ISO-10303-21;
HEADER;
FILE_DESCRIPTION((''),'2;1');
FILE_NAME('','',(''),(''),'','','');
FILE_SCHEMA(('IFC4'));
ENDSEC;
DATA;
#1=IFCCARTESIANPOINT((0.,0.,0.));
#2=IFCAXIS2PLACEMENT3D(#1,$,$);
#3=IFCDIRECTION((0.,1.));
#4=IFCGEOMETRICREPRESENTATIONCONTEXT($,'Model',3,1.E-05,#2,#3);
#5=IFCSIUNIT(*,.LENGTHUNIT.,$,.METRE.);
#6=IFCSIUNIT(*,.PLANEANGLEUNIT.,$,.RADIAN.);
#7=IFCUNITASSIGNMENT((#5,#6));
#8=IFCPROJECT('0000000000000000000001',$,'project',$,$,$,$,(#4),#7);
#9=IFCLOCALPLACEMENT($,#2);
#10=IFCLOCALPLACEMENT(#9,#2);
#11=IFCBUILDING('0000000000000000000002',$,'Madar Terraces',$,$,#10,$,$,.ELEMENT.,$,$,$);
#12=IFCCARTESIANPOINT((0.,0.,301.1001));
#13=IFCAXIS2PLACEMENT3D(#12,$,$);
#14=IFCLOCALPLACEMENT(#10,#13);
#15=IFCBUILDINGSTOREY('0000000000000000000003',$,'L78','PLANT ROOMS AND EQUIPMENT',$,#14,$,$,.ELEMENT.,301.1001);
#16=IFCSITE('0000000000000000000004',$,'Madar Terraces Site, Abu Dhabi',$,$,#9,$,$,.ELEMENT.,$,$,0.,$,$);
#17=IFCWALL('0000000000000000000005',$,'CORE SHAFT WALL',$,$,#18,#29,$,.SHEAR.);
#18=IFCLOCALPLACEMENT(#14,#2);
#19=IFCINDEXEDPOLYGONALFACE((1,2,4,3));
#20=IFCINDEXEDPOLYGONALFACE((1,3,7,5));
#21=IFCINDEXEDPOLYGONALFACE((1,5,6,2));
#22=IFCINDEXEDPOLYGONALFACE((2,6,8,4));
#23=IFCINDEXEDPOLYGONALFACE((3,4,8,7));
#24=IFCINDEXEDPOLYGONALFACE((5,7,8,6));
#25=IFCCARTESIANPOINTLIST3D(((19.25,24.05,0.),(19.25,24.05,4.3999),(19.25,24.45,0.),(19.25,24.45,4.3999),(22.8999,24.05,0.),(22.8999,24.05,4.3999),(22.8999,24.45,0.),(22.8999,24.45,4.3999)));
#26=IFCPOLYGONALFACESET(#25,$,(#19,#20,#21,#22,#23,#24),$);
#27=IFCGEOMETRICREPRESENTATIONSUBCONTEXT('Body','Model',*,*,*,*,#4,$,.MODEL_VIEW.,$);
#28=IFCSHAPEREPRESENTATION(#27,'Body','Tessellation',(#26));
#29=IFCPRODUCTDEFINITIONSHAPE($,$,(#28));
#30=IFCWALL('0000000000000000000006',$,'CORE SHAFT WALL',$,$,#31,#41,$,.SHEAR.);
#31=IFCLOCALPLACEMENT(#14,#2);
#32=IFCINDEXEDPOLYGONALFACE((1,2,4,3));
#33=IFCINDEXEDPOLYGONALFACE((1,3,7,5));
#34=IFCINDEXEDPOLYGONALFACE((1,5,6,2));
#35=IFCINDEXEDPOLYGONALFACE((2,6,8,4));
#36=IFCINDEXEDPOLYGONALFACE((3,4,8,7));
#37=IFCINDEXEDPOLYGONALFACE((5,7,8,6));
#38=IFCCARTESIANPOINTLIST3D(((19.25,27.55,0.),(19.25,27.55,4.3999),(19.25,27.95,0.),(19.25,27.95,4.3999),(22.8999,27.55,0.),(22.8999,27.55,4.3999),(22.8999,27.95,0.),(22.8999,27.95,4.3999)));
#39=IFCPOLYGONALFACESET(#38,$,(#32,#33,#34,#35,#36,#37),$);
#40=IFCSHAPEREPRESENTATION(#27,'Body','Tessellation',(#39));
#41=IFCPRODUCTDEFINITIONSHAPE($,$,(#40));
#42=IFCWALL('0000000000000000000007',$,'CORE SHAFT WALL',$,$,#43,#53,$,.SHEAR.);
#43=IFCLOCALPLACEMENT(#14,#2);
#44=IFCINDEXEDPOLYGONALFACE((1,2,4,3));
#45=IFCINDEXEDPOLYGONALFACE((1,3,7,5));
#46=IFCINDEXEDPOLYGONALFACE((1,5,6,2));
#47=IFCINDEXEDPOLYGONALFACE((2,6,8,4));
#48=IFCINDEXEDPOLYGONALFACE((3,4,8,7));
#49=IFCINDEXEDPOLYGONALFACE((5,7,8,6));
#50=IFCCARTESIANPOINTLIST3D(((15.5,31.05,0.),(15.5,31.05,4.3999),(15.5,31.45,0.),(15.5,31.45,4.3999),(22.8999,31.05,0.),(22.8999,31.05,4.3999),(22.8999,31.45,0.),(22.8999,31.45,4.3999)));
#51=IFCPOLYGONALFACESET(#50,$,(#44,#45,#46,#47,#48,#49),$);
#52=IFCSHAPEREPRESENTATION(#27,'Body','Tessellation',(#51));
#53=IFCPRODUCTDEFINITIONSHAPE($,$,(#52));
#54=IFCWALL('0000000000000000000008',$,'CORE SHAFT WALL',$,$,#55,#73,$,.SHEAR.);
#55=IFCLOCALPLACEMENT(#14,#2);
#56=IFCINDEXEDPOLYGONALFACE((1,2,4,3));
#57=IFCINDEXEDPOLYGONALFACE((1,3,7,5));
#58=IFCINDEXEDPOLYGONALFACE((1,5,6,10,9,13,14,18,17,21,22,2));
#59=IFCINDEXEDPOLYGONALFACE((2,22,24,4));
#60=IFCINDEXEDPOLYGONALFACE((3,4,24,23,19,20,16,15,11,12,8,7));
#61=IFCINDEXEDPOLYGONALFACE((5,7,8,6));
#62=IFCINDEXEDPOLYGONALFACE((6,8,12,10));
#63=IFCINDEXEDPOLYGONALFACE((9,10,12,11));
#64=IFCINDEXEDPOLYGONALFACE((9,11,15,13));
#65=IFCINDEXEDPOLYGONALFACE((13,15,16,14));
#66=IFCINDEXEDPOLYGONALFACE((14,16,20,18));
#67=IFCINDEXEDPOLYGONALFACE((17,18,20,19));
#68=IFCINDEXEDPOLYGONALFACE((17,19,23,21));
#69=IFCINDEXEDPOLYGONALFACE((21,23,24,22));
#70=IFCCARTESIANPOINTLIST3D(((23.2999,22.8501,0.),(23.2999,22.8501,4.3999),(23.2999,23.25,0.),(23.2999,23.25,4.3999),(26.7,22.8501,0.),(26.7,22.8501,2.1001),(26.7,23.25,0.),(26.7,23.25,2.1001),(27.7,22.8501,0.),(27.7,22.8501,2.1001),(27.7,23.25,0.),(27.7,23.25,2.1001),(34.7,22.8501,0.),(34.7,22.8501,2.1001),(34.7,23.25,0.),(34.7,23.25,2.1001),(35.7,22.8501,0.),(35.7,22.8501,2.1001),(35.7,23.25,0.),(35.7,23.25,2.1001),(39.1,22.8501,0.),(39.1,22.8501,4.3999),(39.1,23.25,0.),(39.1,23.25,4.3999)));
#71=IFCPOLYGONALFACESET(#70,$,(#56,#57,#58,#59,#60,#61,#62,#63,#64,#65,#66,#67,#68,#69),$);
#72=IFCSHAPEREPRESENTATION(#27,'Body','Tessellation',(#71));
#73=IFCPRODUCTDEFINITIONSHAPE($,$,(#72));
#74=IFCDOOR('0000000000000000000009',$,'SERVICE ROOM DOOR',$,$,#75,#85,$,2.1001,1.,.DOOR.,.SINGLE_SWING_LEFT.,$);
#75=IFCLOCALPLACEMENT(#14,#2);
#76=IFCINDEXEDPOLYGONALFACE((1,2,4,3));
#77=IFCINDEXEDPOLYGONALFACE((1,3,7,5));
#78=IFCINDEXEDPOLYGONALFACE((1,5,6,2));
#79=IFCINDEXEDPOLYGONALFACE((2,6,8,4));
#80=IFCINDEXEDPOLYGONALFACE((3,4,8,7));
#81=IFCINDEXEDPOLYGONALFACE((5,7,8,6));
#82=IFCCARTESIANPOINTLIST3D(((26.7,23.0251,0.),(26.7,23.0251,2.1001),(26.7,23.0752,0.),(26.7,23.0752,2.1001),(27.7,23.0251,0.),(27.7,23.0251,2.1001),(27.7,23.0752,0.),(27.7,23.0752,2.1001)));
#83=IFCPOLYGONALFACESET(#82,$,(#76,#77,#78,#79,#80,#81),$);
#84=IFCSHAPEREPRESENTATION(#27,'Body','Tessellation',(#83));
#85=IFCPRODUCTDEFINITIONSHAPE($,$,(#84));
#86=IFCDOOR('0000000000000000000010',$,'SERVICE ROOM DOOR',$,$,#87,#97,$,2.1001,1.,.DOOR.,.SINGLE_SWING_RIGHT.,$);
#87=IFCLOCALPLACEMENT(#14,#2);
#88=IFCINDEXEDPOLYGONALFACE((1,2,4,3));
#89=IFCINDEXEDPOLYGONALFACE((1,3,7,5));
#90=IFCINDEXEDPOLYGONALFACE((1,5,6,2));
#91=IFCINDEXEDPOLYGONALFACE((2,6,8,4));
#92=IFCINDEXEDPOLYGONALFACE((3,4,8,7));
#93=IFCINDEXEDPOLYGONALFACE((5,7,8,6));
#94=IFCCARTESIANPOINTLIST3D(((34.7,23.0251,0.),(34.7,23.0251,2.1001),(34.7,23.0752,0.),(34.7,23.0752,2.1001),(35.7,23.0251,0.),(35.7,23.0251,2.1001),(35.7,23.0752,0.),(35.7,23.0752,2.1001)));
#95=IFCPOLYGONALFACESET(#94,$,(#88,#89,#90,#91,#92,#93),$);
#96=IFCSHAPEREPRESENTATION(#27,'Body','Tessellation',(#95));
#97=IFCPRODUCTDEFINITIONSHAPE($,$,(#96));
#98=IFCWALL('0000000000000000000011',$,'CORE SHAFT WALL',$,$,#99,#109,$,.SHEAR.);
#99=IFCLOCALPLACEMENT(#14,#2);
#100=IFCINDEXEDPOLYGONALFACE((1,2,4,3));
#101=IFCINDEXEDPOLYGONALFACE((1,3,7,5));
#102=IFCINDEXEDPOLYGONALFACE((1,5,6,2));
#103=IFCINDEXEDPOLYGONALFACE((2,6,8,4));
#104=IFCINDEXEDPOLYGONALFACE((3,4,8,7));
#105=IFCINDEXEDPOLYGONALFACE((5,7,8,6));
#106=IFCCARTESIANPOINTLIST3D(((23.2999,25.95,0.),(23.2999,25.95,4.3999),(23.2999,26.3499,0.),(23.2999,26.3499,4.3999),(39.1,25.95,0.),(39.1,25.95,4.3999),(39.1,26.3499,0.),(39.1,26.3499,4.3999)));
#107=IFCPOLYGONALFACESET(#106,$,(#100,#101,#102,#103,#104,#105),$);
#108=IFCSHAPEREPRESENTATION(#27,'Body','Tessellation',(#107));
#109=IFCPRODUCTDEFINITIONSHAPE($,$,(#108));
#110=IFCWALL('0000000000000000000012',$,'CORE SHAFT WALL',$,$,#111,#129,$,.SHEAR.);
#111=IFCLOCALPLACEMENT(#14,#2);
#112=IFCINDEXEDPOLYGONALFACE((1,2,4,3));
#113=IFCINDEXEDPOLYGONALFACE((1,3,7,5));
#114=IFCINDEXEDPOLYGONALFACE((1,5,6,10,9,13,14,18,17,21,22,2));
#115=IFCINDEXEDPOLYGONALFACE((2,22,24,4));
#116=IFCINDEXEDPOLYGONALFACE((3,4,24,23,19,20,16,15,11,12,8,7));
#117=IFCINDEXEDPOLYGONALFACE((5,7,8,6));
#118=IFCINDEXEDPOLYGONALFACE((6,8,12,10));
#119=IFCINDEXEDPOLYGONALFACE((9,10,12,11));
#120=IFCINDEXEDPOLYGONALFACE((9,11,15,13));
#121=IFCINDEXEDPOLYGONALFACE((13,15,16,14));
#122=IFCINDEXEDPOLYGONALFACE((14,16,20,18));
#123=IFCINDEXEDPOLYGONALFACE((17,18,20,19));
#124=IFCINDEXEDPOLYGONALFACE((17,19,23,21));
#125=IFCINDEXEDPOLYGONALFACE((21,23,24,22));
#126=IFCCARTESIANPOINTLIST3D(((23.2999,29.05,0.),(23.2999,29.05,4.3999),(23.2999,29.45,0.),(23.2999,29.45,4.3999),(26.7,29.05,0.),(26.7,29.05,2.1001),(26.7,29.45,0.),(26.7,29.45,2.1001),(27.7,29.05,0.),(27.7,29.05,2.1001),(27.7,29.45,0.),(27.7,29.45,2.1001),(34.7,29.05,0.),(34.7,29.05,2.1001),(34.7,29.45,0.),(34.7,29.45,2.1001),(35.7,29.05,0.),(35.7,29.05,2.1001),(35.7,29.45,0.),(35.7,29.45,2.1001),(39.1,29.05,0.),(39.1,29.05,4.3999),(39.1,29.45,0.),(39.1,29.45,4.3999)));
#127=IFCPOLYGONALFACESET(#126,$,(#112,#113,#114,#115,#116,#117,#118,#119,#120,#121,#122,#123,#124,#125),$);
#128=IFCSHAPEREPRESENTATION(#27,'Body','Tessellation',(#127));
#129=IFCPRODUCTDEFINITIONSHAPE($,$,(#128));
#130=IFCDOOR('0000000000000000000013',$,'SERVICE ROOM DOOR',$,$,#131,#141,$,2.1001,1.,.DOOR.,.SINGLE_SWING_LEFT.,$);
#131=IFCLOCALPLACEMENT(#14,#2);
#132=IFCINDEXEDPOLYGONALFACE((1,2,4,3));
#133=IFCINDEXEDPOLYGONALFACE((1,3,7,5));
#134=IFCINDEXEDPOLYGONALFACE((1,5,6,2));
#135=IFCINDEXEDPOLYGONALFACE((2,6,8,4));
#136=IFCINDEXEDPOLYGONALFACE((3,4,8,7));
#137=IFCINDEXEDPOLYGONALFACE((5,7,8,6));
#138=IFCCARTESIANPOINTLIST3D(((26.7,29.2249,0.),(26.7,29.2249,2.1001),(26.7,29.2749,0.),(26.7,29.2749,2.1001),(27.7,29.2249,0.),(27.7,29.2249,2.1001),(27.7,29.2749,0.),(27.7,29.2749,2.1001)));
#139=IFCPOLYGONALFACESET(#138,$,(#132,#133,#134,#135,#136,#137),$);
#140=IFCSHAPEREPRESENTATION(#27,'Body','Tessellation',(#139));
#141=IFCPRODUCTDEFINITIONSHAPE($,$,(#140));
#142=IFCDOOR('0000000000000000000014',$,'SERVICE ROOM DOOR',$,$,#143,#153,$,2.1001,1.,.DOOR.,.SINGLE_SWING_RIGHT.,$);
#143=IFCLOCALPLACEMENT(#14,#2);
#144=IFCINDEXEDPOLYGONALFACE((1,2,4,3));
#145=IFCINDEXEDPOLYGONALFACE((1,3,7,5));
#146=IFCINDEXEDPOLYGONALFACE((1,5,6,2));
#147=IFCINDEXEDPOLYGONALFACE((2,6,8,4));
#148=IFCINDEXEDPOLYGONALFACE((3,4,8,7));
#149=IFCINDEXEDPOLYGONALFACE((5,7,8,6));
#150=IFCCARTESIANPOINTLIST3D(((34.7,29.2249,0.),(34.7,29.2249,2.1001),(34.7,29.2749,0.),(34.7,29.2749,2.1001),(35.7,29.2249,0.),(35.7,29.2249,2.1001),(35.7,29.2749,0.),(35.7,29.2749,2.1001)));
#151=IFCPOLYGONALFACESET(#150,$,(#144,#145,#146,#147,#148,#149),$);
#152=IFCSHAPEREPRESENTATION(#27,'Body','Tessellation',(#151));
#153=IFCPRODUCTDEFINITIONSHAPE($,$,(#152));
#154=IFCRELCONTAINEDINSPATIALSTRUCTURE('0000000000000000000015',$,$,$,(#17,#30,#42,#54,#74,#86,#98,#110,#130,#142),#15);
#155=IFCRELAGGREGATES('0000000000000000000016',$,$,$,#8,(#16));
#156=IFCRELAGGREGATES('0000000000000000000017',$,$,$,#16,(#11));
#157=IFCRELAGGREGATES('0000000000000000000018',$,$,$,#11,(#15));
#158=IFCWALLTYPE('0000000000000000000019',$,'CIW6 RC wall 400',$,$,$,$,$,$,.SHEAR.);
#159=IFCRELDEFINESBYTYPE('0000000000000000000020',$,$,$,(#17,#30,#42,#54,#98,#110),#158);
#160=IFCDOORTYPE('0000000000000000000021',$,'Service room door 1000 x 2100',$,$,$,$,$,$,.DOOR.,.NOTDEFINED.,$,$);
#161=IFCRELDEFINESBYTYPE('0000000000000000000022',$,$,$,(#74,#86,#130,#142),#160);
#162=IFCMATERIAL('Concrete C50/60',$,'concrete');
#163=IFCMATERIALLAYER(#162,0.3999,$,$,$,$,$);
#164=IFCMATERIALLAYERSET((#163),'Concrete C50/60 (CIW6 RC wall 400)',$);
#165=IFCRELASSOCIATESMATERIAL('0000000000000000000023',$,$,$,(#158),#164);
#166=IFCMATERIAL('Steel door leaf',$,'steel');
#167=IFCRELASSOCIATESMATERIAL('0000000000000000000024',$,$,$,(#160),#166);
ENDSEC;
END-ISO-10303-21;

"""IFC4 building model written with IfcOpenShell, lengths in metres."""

from ifc_helpers import new_model, si_unit, direction, frame, frame_2d, origin, place, context, subcontext, project, spatial, rectangle, extrude, material, layer, layer_set, type_object, element, fill, save


model = new_model("IFC4")

# Units and contexts
model_context = context("Model", 3, precision=1e-05, world=origin(), true_north=direction((0.0, 1.0)))
body_context = subcontext(model_context, "Body", "Model", "MODEL_VIEW")
ifc_project = project(units=[si_unit("LENGTHUNIT", "METRE"), si_unit("PLANEANGLEUNIT", "RADIAN")], contexts=[model_context])

# Site, building, storey
site_placement = place(None, origin())
site = spatial("IfcSite", under=ifc_project, at=site_placement, Name="Madar Terraces Site, Abu Dhabi", CompositionType="ELEMENT", RefElevation=0.0)
building_placement = place(site_placement, origin())
building = spatial("IfcBuilding", under=site, at=building_placement, Name="Madar Terraces", CompositionType="ELEMENT")
storey_placement = place(building_placement, frame((0.0, 0.0, 301.1001)))
storey = spatial("IfcBuildingStorey", under=building, at=storey_placement, Name="L78", Description="PLANT ROOMS AND EQUIPMENT", CompositionType="ELEMENT", Elevation=301.1001)

# Walls
ifc_material_1 = material(Name="Concrete C50/60", Category="concrete")
ifc_layer_1 = layer(ifc_material_1, 0.3999)
ifc_layer_set_1 = layer_set([ifc_layer_1], Name="Concrete C50/60 (CIW6 RC wall 400)")
wall_type_1 = type_object("IfcWallType", Name="CIW6 RC wall 400", PredefinedType="SHEAR", material=ifc_layer_set_1)
for number, where, z_axis, x_axis, name in (
    (1, (19.25, 24.25, 0.0), (0.0, 0.0, 1.0), (1.0, 0.0, 0.0), "CORE SHAFT WALL"),
    (2, (19.25, 27.75, 0.0), (0.0, 0.0, 1.0), (1.0, 0.0, 0.0), "CORE SHAFT WALL"),
):
    element("IfcWall", number, at=place(storey_placement, frame(where, z_axis=z_axis, x_axis=x_axis)), inside=storey, type_object=wall_type_1, Name=name, PredefinedType="SHEAR", context=body_context, shape_type="SweptSolid", body=[
        extrude(rectangle(XDim=3.6499, YDim=0.3999, at=frame_2d((1.825, 0.0))), origin(), (0.0, 0.0, 1.0), 4.3999),
    ])
wall_1_placement = place(storey_placement, frame((15.5, 31.25, 0.0), z_axis=(0.0, 0.0, 1.0), x_axis=(1.0, 0.0, 0.0)))
element("IfcWall", 3, at=wall_1_placement, inside=storey, type_object=wall_type_1, Name="CORE SHAFT WALL", PredefinedType="SHEAR", context=body_context, shape_type="SweptSolid", body=[
    extrude(rectangle(XDim=7.3999, YDim=0.3999, at=frame_2d((3.7, 0.0))), origin(), (0.0, 0.0, 1.0), 4.3999),
])

# Wall, openings, doors
wall_2_placement = place(storey_placement, frame((23.3, 23.05, 0.0), z_axis=(0.0, 0.0, 1.0), x_axis=(1.0, 0.0, 0.0)))
wall_2 = element("IfcWall", 4, at=wall_2_placement, inside=storey, type_object=wall_type_1, Name="CORE SHAFT WALL", PredefinedType="SHEAR", context=body_context, shape_type="SweptSolid", body=[
    extrude(rectangle(XDim=15.8, YDim=0.3999, at=frame_2d((7.8999, 0.0))), origin(), (0.0, 0.0, 1.0), 4.3999),
])
opening_1_placement = place(wall_2_placement, frame((3.3999, 0.0, 0.0)))
opening_1 = element("IfcOpeningElement", 5, at=opening_1_placement, cuts=wall_2, PredefinedType="OPENING", context=body_context, shape_type="SweptSolid", body=[
    extrude(rectangle(XDim=1.0, YDim=2.1001, at=frame_2d((0.5, 1.05))), frame((0.0, 0.21, 0.0), z_axis=(0.0, -1.0, 0.0), x_axis=(1.0, 0.0, 0.0)), (0.0, 0.0, 1.0), 0.4199),
])
opening_2_placement = place(wall_2_placement, frame((11.3999, 0.0, 0.0)))
opening_2 = element("IfcOpeningElement", 6, at=opening_2_placement, cuts=wall_2, PredefinedType="OPENING", context=body_context, shape_type="SweptSolid", body=[
    extrude(rectangle(XDim=1.0, YDim=2.1001, at=frame_2d((0.5, 1.05))), frame((0.0, 0.21, 0.0), z_axis=(0.0, -1.0, 0.0), x_axis=(1.0, 0.0, 0.0)), (0.0, 0.0, 1.0), 0.4199),
])
ifc_material_2 = material(Name="Steel door leaf", Category="steel")
door_type = type_object("IfcDoorType", Name="Service room door 1000 x 2100", OperationType="NOTDEFINED", PredefinedType="DOOR", material=ifc_material_2)
door_1_placement = place(opening_1_placement, frame((1.0, 0.0, 0.0), z_axis=(0.0, 0.0, 1.0), x_axis=(-1.0, 0.0, 0.0)))
door_1 = element("IfcDoor", 7, at=door_1_placement, inside=storey, type_object=door_type, Name="SERVICE ROOM DOOR", OperationType="SINGLE_SWING_LEFT", OverallHeight=2.1001, OverallWidth=1.0, PredefinedType="DOOR", context=body_context, shape_type="SweptSolid", body=[
    extrude(rectangle(XDim=1.0, YDim=2.1001, at=frame_2d((0.5, 1.05))), frame((0.0, 0.0249, 0.0), z_axis=(0.0, -1.0, 0.0), x_axis=(1.0, 0.0, 0.0)), (0.0, 0.0, 1.0), 0.05),
])
fill(opening_1, door_1)
door_2_placement = place(opening_2_placement, frame((1.0, 0.0, 0.0), z_axis=(0.0, 0.0, 1.0), x_axis=(-1.0, 0.0, 0.0)))
door_2 = element("IfcDoor", 8, at=door_2_placement, inside=storey, type_object=door_type, Name="SERVICE ROOM DOOR", OperationType="SINGLE_SWING_RIGHT", OverallHeight=2.1001, OverallWidth=1.0, PredefinedType="DOOR", context=body_context, shape_type="SweptSolid", body=[
    extrude(rectangle(XDim=1.0, YDim=2.1001, at=frame_2d((0.5, 1.05))), frame((0.0, 0.0249, 0.0), z_axis=(0.0, -1.0, 0.0), x_axis=(1.0, 0.0, 0.0)), (0.0, 0.0, 1.0), 0.05),
])
fill(opening_2, door_2)

# Wall
wall_3_placement = place(storey_placement, frame((23.3, 26.1499, 0.0), z_axis=(0.0, 0.0, 1.0), x_axis=(1.0, 0.0, 0.0)))
element("IfcWall", 9, at=wall_3_placement, inside=storey, type_object=wall_type_1, Name="CORE SHAFT WALL", PredefinedType="SHEAR", context=body_context, shape_type="SweptSolid", body=[
    extrude(rectangle(XDim=15.8, YDim=0.3999, at=frame_2d((7.8999, 0.0))), origin(), (0.0, 0.0, 1.0), 4.3999),
])

# Wall, openings, doors
wall_4_placement = place(storey_placement, frame((23.3, 29.25, 0.0), z_axis=(0.0, 0.0, 1.0), x_axis=(1.0, 0.0, 0.0)))
wall_4 = element("IfcWall", 10, at=wall_4_placement, inside=storey, type_object=wall_type_1, Name="CORE SHAFT WALL", PredefinedType="SHEAR", context=body_context, shape_type="SweptSolid", body=[
    extrude(rectangle(XDim=15.8, YDim=0.3999, at=frame_2d((7.8999, 0.0))), origin(), (0.0, 0.0, 1.0), 4.3999),
])
opening_3_placement = place(wall_4_placement, frame((3.3999, 0.0, 0.0)))
opening_3 = element("IfcOpeningElement", 11, at=opening_3_placement, cuts=wall_4, PredefinedType="OPENING", context=body_context, shape_type="SweptSolid", body=[
    extrude(rectangle(XDim=1.0, YDim=2.1001, at=frame_2d((0.5, 1.05))), frame((0.0, 0.21, 0.0), z_axis=(0.0, -1.0, 0.0), x_axis=(1.0, 0.0, 0.0)), (0.0, 0.0, 1.0), 0.4199),
])
opening_4_placement = place(wall_4_placement, frame((11.3999, 0.0, 0.0)))
opening_4 = element("IfcOpeningElement", 12, at=opening_4_placement, cuts=wall_4, PredefinedType="OPENING", context=body_context, shape_type="SweptSolid", body=[
    extrude(rectangle(XDim=1.0, YDim=2.1001, at=frame_2d((0.5, 1.05))), frame((0.0, 0.21, 0.0), z_axis=(0.0, -1.0, 0.0), x_axis=(1.0, 0.0, 0.0)), (0.0, 0.0, 1.0), 0.4199),
])
door_3_placement = place(opening_3_placement, origin())
door_3 = element("IfcDoor", 13, at=door_3_placement, inside=storey, type_object=door_type, Name="SERVICE ROOM DOOR", OperationType="SINGLE_SWING_LEFT", OverallHeight=2.1001, OverallWidth=1.0, PredefinedType="DOOR", context=body_context, shape_type="SweptSolid", body=[
    extrude(rectangle(XDim=1.0, YDim=2.1001, at=frame_2d((0.5, 1.05))), frame((0.0, 0.0249, 0.0), z_axis=(0.0, -1.0, 0.0), x_axis=(1.0, 0.0, 0.0)), (0.0, 0.0, 1.0), 0.05),
])
fill(opening_3, door_3)
door_4_placement = place(opening_4_placement, origin())
door_4 = element("IfcDoor", 14, at=door_4_placement, inside=storey, type_object=door_type, Name="SERVICE ROOM DOOR", OperationType="SINGLE_SWING_RIGHT", OverallHeight=2.1001, OverallWidth=1.0, PredefinedType="DOOR", context=body_context, shape_type="SweptSolid", body=[
    extrude(rectangle(XDim=1.0, YDim=2.1001, at=frame_2d((0.5, 1.05))), frame((0.0, 0.0249, 0.0), z_axis=(0.0, -1.0, 0.0), x_axis=(1.0, 0.0, 0.0)), (0.0, 0.0, 1.0), 0.05),
])
fill(opening_4, door_4)

save(model, "model.ifc")
